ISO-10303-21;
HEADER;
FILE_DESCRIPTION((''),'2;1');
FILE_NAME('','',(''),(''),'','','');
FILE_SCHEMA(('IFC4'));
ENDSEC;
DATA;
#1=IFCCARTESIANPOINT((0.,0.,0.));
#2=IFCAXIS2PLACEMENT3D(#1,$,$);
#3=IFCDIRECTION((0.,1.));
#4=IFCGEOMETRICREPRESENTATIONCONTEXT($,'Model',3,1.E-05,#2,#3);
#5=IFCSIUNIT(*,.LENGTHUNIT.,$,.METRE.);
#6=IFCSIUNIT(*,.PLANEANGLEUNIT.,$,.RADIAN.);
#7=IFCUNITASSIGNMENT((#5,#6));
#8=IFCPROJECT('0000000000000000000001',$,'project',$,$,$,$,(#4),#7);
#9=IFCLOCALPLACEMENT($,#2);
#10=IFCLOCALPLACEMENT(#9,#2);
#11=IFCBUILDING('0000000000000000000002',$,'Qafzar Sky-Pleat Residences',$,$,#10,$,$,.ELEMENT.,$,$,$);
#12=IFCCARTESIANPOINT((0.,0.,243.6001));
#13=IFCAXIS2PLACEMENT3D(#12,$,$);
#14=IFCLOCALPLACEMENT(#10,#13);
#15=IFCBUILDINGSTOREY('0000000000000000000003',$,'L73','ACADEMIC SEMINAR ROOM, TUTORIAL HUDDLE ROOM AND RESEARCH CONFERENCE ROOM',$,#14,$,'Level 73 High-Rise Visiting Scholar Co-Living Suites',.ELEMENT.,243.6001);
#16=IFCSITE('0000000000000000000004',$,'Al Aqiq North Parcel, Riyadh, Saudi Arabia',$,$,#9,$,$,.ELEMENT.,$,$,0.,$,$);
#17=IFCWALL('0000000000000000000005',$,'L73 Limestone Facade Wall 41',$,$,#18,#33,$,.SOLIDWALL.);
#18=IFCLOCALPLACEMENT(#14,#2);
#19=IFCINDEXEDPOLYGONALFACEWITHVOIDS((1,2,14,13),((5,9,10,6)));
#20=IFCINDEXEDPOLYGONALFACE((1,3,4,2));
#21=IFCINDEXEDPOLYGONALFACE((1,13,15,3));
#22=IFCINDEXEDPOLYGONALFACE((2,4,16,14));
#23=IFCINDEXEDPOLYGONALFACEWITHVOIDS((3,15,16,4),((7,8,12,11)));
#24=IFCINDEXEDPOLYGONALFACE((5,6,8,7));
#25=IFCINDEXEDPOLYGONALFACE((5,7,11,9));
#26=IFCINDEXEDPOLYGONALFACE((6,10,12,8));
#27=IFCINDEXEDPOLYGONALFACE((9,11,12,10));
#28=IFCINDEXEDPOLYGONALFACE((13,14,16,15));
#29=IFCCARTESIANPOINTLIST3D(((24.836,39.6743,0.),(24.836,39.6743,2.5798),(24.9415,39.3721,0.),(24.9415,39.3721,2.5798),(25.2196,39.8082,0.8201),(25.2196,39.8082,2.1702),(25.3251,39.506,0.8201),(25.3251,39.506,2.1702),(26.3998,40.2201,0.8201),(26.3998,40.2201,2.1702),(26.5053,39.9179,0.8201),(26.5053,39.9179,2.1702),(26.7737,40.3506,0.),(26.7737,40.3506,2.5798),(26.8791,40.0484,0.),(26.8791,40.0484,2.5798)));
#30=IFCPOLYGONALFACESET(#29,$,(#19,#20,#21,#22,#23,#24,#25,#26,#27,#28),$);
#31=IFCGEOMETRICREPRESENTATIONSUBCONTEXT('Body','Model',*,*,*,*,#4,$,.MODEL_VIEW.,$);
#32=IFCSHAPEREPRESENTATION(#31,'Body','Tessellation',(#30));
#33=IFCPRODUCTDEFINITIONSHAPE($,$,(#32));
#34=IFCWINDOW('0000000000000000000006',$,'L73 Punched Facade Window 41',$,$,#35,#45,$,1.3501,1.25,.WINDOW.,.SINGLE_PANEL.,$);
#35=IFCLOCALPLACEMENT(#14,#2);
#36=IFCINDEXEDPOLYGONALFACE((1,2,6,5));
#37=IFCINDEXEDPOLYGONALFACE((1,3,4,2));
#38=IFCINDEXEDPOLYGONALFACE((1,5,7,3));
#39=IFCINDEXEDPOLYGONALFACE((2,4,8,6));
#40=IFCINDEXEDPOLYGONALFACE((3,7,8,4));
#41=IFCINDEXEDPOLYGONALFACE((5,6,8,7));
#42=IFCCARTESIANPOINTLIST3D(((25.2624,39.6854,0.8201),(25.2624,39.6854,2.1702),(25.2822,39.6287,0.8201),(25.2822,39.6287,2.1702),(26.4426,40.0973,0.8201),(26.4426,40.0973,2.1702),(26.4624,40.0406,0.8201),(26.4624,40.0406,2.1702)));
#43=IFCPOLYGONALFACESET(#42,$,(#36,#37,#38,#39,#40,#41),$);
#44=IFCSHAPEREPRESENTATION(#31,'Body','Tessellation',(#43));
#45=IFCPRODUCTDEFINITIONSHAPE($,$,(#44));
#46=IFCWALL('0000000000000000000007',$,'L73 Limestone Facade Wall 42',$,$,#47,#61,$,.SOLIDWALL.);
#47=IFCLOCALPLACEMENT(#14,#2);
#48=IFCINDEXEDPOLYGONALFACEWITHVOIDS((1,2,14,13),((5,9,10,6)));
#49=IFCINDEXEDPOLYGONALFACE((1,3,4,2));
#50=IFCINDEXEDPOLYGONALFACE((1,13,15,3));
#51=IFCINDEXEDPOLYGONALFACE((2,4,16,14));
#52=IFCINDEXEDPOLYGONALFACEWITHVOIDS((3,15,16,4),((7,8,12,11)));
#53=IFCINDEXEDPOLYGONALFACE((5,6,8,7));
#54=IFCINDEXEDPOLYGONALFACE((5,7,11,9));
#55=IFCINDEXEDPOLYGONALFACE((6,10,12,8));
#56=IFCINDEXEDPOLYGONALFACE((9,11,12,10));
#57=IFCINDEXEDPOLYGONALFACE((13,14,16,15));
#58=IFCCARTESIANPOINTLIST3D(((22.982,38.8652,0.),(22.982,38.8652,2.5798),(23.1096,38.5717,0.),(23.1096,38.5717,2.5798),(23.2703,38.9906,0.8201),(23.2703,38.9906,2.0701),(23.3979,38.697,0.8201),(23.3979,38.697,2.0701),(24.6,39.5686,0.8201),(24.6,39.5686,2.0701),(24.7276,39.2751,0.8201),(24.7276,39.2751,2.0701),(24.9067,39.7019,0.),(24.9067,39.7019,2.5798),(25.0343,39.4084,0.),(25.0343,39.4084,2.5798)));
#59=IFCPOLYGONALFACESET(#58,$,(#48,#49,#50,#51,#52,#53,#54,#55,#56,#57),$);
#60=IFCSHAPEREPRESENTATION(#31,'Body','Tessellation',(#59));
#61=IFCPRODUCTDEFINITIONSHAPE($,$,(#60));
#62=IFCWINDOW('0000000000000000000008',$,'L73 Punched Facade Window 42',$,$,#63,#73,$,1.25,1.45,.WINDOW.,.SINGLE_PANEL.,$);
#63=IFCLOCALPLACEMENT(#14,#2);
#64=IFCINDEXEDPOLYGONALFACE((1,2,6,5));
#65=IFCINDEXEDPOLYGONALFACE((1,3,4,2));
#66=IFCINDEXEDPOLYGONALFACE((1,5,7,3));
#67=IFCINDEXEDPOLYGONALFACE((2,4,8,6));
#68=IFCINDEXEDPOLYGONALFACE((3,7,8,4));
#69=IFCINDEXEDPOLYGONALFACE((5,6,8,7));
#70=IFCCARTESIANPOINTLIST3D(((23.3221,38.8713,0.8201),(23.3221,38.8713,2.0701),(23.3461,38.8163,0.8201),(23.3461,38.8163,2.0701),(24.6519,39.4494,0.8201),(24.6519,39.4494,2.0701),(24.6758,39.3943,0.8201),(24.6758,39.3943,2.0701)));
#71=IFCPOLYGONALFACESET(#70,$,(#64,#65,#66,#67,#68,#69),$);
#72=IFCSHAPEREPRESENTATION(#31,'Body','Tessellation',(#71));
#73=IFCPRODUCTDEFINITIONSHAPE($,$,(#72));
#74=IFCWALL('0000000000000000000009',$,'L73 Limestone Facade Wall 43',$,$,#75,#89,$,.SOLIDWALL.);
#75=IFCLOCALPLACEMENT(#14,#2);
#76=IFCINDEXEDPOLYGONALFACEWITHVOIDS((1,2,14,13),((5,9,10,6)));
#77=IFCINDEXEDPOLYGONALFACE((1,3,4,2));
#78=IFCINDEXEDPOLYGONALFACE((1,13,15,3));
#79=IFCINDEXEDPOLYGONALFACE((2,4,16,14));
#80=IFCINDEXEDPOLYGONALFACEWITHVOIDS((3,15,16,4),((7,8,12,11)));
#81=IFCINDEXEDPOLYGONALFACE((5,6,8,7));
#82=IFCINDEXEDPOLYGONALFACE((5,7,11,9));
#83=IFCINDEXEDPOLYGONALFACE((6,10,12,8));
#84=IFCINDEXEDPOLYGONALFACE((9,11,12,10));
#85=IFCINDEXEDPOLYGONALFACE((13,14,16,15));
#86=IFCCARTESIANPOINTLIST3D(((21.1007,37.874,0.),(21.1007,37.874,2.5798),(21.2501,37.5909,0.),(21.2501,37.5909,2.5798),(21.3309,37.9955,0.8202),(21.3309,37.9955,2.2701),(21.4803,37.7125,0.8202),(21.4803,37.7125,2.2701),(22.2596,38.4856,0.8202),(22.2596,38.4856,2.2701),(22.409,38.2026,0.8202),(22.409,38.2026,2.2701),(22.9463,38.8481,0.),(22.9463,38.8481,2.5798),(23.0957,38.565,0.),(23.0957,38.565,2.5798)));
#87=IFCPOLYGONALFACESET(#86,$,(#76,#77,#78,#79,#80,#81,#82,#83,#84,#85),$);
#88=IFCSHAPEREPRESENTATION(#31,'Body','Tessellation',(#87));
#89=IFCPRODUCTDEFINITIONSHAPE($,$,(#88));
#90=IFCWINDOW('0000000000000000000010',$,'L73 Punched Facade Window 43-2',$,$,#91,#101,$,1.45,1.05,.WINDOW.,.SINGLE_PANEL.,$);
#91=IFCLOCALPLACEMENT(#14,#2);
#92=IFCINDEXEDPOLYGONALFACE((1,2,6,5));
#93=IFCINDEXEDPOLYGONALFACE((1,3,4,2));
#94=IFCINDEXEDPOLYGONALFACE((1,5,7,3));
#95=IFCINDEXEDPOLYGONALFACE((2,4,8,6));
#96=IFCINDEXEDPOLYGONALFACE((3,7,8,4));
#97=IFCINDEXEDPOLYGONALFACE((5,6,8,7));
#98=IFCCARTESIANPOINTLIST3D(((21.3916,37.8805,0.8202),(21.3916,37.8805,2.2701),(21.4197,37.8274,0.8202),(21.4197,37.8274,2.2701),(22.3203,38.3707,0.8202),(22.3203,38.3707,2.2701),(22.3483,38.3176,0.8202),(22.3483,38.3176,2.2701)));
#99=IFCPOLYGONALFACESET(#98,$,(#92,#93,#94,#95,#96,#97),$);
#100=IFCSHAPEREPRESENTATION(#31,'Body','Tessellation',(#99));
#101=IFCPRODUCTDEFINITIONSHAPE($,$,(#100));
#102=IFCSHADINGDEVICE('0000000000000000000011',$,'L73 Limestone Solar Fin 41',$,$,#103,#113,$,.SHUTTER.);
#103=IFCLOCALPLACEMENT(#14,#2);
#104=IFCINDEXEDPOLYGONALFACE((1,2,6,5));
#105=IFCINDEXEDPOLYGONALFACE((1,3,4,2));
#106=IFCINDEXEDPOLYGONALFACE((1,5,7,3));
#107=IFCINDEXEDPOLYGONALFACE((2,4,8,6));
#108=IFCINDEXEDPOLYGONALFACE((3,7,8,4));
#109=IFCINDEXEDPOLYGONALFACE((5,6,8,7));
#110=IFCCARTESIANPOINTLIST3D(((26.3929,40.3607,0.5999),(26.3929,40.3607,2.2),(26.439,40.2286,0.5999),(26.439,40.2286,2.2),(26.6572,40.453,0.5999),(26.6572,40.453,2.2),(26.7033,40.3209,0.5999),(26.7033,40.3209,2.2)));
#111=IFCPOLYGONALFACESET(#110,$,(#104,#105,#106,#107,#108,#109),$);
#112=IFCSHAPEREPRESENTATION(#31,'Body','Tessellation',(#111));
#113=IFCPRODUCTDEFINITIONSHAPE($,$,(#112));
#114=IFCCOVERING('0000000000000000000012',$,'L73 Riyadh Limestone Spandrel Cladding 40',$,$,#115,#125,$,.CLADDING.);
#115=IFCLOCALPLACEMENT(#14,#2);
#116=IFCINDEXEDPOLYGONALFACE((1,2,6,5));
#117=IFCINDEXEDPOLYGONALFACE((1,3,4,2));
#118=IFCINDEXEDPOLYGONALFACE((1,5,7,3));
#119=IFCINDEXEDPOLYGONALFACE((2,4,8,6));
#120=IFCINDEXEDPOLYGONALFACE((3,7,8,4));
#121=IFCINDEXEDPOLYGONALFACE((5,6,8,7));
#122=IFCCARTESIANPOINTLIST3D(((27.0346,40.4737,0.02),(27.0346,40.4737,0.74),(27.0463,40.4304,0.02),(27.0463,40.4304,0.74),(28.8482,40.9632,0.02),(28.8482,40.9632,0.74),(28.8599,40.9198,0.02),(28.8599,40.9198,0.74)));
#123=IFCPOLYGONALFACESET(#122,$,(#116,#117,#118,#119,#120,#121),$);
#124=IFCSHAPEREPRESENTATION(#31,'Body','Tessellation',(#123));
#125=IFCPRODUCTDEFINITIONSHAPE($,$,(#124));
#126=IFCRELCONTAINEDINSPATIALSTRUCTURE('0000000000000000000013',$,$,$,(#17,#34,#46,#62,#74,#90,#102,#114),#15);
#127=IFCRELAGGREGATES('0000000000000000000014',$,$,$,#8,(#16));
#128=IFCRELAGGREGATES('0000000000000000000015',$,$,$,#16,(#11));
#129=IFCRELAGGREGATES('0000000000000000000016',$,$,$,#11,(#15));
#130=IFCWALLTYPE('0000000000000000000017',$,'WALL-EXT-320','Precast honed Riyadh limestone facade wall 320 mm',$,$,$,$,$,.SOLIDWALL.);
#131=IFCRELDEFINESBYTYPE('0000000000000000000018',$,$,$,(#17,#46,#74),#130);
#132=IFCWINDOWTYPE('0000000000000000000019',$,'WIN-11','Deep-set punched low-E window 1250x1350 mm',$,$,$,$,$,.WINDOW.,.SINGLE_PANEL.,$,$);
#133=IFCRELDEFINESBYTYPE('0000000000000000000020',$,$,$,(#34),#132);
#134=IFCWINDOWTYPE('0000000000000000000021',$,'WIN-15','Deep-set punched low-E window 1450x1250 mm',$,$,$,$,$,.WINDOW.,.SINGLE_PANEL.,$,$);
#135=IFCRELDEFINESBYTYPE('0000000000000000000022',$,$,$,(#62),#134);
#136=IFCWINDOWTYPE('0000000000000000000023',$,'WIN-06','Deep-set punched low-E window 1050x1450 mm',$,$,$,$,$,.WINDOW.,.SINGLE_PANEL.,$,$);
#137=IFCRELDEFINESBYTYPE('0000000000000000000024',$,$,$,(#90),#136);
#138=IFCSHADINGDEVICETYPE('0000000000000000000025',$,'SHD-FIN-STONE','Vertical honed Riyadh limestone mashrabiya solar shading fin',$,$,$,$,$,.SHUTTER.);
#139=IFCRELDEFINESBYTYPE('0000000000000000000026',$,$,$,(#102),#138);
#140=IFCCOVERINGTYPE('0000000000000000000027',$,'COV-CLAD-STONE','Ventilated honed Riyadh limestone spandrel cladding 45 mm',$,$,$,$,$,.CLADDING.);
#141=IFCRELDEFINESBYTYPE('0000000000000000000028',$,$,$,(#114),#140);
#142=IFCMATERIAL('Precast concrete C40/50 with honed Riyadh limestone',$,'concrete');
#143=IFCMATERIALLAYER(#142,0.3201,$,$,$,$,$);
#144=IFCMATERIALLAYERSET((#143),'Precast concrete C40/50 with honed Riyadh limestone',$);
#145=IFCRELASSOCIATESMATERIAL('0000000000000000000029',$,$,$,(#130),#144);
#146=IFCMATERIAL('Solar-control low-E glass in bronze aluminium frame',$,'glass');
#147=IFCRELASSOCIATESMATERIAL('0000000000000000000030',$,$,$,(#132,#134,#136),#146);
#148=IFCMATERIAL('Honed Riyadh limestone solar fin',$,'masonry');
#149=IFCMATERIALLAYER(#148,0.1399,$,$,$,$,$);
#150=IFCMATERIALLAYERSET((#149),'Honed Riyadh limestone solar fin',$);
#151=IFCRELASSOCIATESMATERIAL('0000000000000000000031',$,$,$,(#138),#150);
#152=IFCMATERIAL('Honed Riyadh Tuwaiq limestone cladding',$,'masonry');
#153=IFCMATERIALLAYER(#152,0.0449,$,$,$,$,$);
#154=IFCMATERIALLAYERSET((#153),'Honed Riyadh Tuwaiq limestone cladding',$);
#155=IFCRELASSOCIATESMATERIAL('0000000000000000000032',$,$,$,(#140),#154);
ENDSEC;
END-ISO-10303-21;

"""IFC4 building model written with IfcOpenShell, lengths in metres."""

from ifc_helpers import new_model, si_unit, direction, frame, frame_2d, origin, origin_2d, place, context, subcontext, project, spatial, rectangle, extrude, source, transform, mapped, material, layer, layer_set, type_object, element, fill, save


model = new_model("IFC4")

# Units and contexts
model_context = context("Model", 3, precision=1e-05, world=origin(), true_north=direction((0.0, 1.0)))
body_context = subcontext(model_context, "Body", "Model", "MODEL_VIEW")
ifc_project = project(units=[si_unit("LENGTHUNIT", "METRE"), si_unit("PLANEANGLEUNIT", "RADIAN")], contexts=[model_context])

# Site, building, storey
site_placement = place(None, origin())
site = spatial("IfcSite", under=ifc_project, at=site_placement, Name="Al Aqiq North Parcel, Riyadh, Saudi Arabia", CompositionType="ELEMENT", RefElevation=0.0)
building_placement = place(site_placement, origin())
building = spatial("IfcBuilding", under=site, at=building_placement, Name="Qafzar Sky-Pleat Residences", CompositionType="ELEMENT")
storey_placement = place(building_placement, frame((0.0, 0.0, 243.6001)))
storey = spatial("IfcBuildingStorey", under=building, at=storey_placement, Name="L73", Description="ACADEMIC SEMINAR ROOM, TUTORIAL HUDDLE ROOM AND RESEARCH CONFERENCE ROOM", LongName="Level 73 High-Rise Visiting Scholar Co-Living Suites", CompositionType="ELEMENT", Elevation=243.6001)

# Walls, openings, windows
ifc_material_1 = material(Name="Precast concrete C40/50 with honed Riyadh limestone", Category="concrete")
ifc_layer_1 = layer(ifc_material_1, 0.3201)
ifc_layer_set_1 = layer_set([ifc_layer_1], Name="Precast concrete C40/50 with honed Riyadh limestone")
wall_type_1 = type_object("IfcWallType", Name="WALL-EXT-320", Description="Precast honed Riyadh limestone facade wall 320 mm", PredefinedType="SOLIDWALL", material=ifc_layer_set_1)
wall_1_placement = place(storey_placement, frame((26.8264, 40.1995, 0.0), z_axis=(0.0, 0.0, 1.0), x_axis=(-0.944153, -0.329508, 0.0)))
wall_1 = element("IfcWall", 1, at=wall_1_placement, inside=storey, type_object=wall_type_1, Name="L73 Limestone Facade Wall 41", PredefinedType="SOLIDWALL", context=body_context, shape_type="SweptSolid", body=[
    extrude(rectangle(XDim=2.0522, YDim=0.3201, at=frame_2d((1.0261, 0.0))), origin(), (0.0, 0.0, 1.0), 2.5798),
])
opening_1_placement = place(wall_1_placement, frame((0.396, 0.0, 0.8201)))
opening_1 = element("IfcOpeningElement", 2, at=opening_1_placement, cuts=wall_1, PredefinedType="OPENING", context=body_context, shape_type="SweptSolid", body=[
    extrude(rectangle(XDim=1.25, YDim=1.3501, at=frame_2d((0.625, 0.675))), frame((0.0, 0.1699, 0.0), z_axis=(0.0, -1.0, 0.0), x_axis=(1.0, 0.0, 0.0)), (0.0, 0.0, 1.0), 0.3401),
])
ifc_material_2 = material(Name="Solar-control low-E glass in bronze aluminium frame", Category="glass")
window_type_1 = type_object("IfcWindowType", Name="WIN-11", Description="Deep-set punched low-E window 1250x1350 mm", PartitioningType="SINGLE_PANEL", PredefinedType="WINDOW", material=ifc_material_2)
shared_shape_1 = source(origin(), body_context, "Body", "SweptSolid", [
    extrude(rectangle(XDim=1.25, YDim=1.3501, at=frame_2d((0.625, 0.675))), frame((0.0, 0.03, 0.0), z_axis=(0.0, -1.0, 0.0), x_axis=(1.0, 0.0, 0.0)), (0.0, 0.0, 1.0), 0.0601),
])
window_1_placement = place(opening_1_placement, origin())
window_1 = element("IfcWindow", 3, at=window_1_placement, inside=storey, type_object=window_type_1, Name="L73 Punched Facade Window 41", OverallHeight=1.3501, OverallWidth=1.25, PartitioningType="SINGLE_PANEL", PredefinedType="WINDOW", context=body_context, shape_type="MappedRepresentation", body=[
    mapped(shared_shape_1, transform((0.0, 0.0, 0.0), x_axis=(1.0, 0.0, 0.0), y_axis=(0.0, 1.0, 0.0), z_axis=(0.0, 0.0, 1.0), scale=1.0)),
])
fill(opening_1, window_1)
wall_2_placement = place(storey_placement, frame((24.9705, 39.5552, 0.0), z_axis=(0.0, 0.0, 1.0), x_axis=(-0.917087, -0.398688, 0.0)))
wall_2 = element("IfcWall", 4, at=wall_2_placement, inside=storey, type_object=wall_type_1, Name="L73 Limestone Facade Wall 42", PredefinedType="SOLIDWALL", context=body_context, shape_type="SweptSolid", body=[
    extrude(rectangle(XDim=2.0986, YDim=0.3201, at=frame_2d((1.0493, 0.0))), origin(), (0.0, 0.0, 1.0), 2.5798),
])
opening_2_placement = place(wall_2_placement, frame((0.3342, 0.0, 0.8201)))
opening_2 = element("IfcOpeningElement", 5, at=opening_2_placement, cuts=wall_2, PredefinedType="OPENING", context=body_context, shape_type="SweptSolid", body=[
    extrude(rectangle(XDim=1.45, YDim=1.25, at=frame_2d((0.7251, 0.625))), frame((0.0, 0.1699, 0.0), z_axis=(0.0, -1.0, 0.0), x_axis=(1.0, 0.0, 0.0)), (0.0, 0.0, 1.0), 0.3401),
])
window_type_2 = type_object("IfcWindowType", Name="WIN-15", Description="Deep-set punched low-E window 1450x1250 mm", PartitioningType="SINGLE_PANEL", PredefinedType="WINDOW", material=ifc_material_2)
shared_shape_2 = source(origin(), body_context, "Body", "SweptSolid", [
    extrude(rectangle(XDim=1.45, YDim=1.25, at=frame_2d((0.7251, 0.625))), frame((0.0, 0.03, 0.0), z_axis=(0.0, -1.0, 0.0), x_axis=(1.0, 0.0, 0.0)), (0.0, 0.0, 1.0), 0.0601),
])
window_2_placement = place(opening_2_placement, origin())
window_2 = element("IfcWindow", 6, at=window_2_placement, inside=storey, type_object=window_type_2, Name="L73 Punched Facade Window 42", OverallHeight=1.25, OverallWidth=1.45, PartitioningType="SINGLE_PANEL", PredefinedType="WINDOW", context=body_context, shape_type="MappedRepresentation", body=[
    mapped(shared_shape_2, transform((0.0, 0.0, 0.0), x_axis=(1.0, 0.0, 0.0), y_axis=(0.0, 1.0, 0.0), z_axis=(0.0, 0.0, 1.0), scale=1.0)),
])
fill(opening_2, window_2)
wall_3_placement = place(storey_placement, frame((23.021, 38.7065, 0.0), z_axis=(0.0, 0.0, 1.0), x_axis=(-0.884385, -0.466759, 0.0)))
wall_3 = element("IfcWall", 7, at=wall_3_placement, inside=storey, type_object=wall_type_1, Name="L73 Limestone Facade Wall 43", PredefinedType="SOLIDWALL", context=body_context, shape_type="SweptSolid", body=[
    extrude(rectangle(XDim=2.0869, YDim=0.3201, at=frame_2d((1.0435, 0.0))), origin(), (0.0, 0.0, 1.0), 2.5798),
])
opening_3_placement = place(wall_3_placement, frame((0.7766, 0.0, 0.8201)))
opening_3 = element("IfcOpeningElement", 8, at=opening_3_placement, cuts=wall_3, PredefinedType="OPENING", context=body_context, shape_type="SweptSolid", body=[
    extrude(rectangle(XDim=1.05, YDim=1.45, at=frame_2d((0.5249, 0.7251))), frame((0.0, 0.1699, 0.0), z_axis=(0.0, -1.0, 0.0), x_axis=(1.0, 0.0, 0.0)), (0.0, 0.0, 1.0), 0.3401),
])
window_type_3 = type_object("IfcWindowType", Name="WIN-06", Description="Deep-set punched low-E window 1050x1450 mm", PartitioningType="SINGLE_PANEL", PredefinedType="WINDOW", material=ifc_material_2)
shared_shape_3 = source(origin(), body_context, "Body", "SweptSolid", [
    extrude(rectangle(XDim=1.05, YDim=1.45, at=frame_2d((0.5249, 0.7251))), frame((0.0, 0.03, 0.0), z_axis=(0.0, -1.0, 0.0), x_axis=(1.0, 0.0, 0.0)), (0.0, 0.0, 1.0), 0.0601),
])
window_3_placement = place(opening_3_placement, origin())
window_3 = element("IfcWindow", 9, at=window_3_placement, inside=storey, type_object=window_type_3, Name="L73 Punched Facade Window 43-2", OverallHeight=1.45, OverallWidth=1.05, PartitioningType="SINGLE_PANEL", PredefinedType="WINDOW", context=body_context, shape_type="MappedRepresentation", body=[
    mapped(shared_shape_3, transform((0.0, 0.0, 0.0), x_axis=(1.0, 0.0, 0.0), y_axis=(0.0, 1.0, 0.0), z_axis=(0.0, 0.0, 1.0), scale=1.0)),
])
fill(opening_3, window_3)

# Shading device
ifc_material_3 = material(Name="Honed Riyadh limestone solar fin", Category="masonry")
ifc_layer_2 = layer(ifc_material_3, 0.1399)
ifc_layer_set_2 = layer_set([ifc_layer_2], Name="Honed Riyadh limestone solar fin")
shading_device_type = type_object("IfcShadingDeviceType", Name="SHD-FIN-STONE", Description="Vertical honed Riyadh limestone mashrabiya solar shading fin", PredefinedType="SHUTTER", material=ifc_layer_set_2)
shared_shape_4 = source(origin(), body_context, "Body", "SweptSolid", [
    extrude(rectangle(XDim=0.1399, YDim=0.28, at=origin_2d()), origin(), (0.0, 0.0, 1.0), 1.6001),
])
shading_device_placement = place(storey_placement, frame((26.5481, 40.3408, 0.5999), z_axis=(0.0, 0.0, 1.0), x_axis=(-0.329527, 0.944146, 0.0)))
element("IfcShadingDevice", 10, at=shading_device_placement, inside=storey, type_object=shading_device_type, Name="L73 Limestone Solar Fin 41", PredefinedType="SHUTTER", context=body_context, shape_type="MappedRepresentation", body=[
    mapped(shared_shape_4, transform((0.0, 0.0, 0.0), x_axis=(1.0, 0.0, 0.0), y_axis=(0.0, 1.0, 0.0), z_axis=(0.0, 0.0, 1.0), scale=1.0)),
])

# Covering
ifc_material_4 = material(Name="Honed Riyadh Tuwaiq limestone cladding", Category="masonry")
ifc_layer_3 = layer(ifc_material_4, 0.0449)
ifc_layer_set_3 = layer_set([ifc_layer_3], Name="Honed Riyadh Tuwaiq limestone cladding")
covering_type = type_object("IfcCoveringType", Name="COV-CLAD-STONE", Description="Ventilated honed Riyadh limestone spandrel cladding 45 mm", PredefinedType="CLADDING", material=ifc_layer_set_3)
shared_shape_5 = source(origin(), body_context, "Body", "SweptSolid", [
    extrude(rectangle(XDim=1.8784, YDim=0.0449, at=origin_2d()), origin(), (0.0, 0.0, 1.0), 0.72),
])
covering_placement = place(storey_placement, frame((27.9473, 40.6968, 0.02), z_axis=(0.0, 0.0, 1.0), x_axis=(-0.965459, -0.260554, 0.0)))
element("IfcCovering", 11, at=covering_placement, inside=storey, type_object=covering_type, Name="L73 Riyadh Limestone Spandrel Cladding 40", PredefinedType="CLADDING", context=body_context, shape_type="MappedRepresentation", body=[
    mapped(shared_shape_5, transform((0.0, 0.0, 0.0), x_axis=(1.0, 0.0, 0.0), y_axis=(0.0, 1.0, 0.0), z_axis=(0.0, 0.0, 1.0), scale=1.0)),
])

save(model, "model.ifc")
